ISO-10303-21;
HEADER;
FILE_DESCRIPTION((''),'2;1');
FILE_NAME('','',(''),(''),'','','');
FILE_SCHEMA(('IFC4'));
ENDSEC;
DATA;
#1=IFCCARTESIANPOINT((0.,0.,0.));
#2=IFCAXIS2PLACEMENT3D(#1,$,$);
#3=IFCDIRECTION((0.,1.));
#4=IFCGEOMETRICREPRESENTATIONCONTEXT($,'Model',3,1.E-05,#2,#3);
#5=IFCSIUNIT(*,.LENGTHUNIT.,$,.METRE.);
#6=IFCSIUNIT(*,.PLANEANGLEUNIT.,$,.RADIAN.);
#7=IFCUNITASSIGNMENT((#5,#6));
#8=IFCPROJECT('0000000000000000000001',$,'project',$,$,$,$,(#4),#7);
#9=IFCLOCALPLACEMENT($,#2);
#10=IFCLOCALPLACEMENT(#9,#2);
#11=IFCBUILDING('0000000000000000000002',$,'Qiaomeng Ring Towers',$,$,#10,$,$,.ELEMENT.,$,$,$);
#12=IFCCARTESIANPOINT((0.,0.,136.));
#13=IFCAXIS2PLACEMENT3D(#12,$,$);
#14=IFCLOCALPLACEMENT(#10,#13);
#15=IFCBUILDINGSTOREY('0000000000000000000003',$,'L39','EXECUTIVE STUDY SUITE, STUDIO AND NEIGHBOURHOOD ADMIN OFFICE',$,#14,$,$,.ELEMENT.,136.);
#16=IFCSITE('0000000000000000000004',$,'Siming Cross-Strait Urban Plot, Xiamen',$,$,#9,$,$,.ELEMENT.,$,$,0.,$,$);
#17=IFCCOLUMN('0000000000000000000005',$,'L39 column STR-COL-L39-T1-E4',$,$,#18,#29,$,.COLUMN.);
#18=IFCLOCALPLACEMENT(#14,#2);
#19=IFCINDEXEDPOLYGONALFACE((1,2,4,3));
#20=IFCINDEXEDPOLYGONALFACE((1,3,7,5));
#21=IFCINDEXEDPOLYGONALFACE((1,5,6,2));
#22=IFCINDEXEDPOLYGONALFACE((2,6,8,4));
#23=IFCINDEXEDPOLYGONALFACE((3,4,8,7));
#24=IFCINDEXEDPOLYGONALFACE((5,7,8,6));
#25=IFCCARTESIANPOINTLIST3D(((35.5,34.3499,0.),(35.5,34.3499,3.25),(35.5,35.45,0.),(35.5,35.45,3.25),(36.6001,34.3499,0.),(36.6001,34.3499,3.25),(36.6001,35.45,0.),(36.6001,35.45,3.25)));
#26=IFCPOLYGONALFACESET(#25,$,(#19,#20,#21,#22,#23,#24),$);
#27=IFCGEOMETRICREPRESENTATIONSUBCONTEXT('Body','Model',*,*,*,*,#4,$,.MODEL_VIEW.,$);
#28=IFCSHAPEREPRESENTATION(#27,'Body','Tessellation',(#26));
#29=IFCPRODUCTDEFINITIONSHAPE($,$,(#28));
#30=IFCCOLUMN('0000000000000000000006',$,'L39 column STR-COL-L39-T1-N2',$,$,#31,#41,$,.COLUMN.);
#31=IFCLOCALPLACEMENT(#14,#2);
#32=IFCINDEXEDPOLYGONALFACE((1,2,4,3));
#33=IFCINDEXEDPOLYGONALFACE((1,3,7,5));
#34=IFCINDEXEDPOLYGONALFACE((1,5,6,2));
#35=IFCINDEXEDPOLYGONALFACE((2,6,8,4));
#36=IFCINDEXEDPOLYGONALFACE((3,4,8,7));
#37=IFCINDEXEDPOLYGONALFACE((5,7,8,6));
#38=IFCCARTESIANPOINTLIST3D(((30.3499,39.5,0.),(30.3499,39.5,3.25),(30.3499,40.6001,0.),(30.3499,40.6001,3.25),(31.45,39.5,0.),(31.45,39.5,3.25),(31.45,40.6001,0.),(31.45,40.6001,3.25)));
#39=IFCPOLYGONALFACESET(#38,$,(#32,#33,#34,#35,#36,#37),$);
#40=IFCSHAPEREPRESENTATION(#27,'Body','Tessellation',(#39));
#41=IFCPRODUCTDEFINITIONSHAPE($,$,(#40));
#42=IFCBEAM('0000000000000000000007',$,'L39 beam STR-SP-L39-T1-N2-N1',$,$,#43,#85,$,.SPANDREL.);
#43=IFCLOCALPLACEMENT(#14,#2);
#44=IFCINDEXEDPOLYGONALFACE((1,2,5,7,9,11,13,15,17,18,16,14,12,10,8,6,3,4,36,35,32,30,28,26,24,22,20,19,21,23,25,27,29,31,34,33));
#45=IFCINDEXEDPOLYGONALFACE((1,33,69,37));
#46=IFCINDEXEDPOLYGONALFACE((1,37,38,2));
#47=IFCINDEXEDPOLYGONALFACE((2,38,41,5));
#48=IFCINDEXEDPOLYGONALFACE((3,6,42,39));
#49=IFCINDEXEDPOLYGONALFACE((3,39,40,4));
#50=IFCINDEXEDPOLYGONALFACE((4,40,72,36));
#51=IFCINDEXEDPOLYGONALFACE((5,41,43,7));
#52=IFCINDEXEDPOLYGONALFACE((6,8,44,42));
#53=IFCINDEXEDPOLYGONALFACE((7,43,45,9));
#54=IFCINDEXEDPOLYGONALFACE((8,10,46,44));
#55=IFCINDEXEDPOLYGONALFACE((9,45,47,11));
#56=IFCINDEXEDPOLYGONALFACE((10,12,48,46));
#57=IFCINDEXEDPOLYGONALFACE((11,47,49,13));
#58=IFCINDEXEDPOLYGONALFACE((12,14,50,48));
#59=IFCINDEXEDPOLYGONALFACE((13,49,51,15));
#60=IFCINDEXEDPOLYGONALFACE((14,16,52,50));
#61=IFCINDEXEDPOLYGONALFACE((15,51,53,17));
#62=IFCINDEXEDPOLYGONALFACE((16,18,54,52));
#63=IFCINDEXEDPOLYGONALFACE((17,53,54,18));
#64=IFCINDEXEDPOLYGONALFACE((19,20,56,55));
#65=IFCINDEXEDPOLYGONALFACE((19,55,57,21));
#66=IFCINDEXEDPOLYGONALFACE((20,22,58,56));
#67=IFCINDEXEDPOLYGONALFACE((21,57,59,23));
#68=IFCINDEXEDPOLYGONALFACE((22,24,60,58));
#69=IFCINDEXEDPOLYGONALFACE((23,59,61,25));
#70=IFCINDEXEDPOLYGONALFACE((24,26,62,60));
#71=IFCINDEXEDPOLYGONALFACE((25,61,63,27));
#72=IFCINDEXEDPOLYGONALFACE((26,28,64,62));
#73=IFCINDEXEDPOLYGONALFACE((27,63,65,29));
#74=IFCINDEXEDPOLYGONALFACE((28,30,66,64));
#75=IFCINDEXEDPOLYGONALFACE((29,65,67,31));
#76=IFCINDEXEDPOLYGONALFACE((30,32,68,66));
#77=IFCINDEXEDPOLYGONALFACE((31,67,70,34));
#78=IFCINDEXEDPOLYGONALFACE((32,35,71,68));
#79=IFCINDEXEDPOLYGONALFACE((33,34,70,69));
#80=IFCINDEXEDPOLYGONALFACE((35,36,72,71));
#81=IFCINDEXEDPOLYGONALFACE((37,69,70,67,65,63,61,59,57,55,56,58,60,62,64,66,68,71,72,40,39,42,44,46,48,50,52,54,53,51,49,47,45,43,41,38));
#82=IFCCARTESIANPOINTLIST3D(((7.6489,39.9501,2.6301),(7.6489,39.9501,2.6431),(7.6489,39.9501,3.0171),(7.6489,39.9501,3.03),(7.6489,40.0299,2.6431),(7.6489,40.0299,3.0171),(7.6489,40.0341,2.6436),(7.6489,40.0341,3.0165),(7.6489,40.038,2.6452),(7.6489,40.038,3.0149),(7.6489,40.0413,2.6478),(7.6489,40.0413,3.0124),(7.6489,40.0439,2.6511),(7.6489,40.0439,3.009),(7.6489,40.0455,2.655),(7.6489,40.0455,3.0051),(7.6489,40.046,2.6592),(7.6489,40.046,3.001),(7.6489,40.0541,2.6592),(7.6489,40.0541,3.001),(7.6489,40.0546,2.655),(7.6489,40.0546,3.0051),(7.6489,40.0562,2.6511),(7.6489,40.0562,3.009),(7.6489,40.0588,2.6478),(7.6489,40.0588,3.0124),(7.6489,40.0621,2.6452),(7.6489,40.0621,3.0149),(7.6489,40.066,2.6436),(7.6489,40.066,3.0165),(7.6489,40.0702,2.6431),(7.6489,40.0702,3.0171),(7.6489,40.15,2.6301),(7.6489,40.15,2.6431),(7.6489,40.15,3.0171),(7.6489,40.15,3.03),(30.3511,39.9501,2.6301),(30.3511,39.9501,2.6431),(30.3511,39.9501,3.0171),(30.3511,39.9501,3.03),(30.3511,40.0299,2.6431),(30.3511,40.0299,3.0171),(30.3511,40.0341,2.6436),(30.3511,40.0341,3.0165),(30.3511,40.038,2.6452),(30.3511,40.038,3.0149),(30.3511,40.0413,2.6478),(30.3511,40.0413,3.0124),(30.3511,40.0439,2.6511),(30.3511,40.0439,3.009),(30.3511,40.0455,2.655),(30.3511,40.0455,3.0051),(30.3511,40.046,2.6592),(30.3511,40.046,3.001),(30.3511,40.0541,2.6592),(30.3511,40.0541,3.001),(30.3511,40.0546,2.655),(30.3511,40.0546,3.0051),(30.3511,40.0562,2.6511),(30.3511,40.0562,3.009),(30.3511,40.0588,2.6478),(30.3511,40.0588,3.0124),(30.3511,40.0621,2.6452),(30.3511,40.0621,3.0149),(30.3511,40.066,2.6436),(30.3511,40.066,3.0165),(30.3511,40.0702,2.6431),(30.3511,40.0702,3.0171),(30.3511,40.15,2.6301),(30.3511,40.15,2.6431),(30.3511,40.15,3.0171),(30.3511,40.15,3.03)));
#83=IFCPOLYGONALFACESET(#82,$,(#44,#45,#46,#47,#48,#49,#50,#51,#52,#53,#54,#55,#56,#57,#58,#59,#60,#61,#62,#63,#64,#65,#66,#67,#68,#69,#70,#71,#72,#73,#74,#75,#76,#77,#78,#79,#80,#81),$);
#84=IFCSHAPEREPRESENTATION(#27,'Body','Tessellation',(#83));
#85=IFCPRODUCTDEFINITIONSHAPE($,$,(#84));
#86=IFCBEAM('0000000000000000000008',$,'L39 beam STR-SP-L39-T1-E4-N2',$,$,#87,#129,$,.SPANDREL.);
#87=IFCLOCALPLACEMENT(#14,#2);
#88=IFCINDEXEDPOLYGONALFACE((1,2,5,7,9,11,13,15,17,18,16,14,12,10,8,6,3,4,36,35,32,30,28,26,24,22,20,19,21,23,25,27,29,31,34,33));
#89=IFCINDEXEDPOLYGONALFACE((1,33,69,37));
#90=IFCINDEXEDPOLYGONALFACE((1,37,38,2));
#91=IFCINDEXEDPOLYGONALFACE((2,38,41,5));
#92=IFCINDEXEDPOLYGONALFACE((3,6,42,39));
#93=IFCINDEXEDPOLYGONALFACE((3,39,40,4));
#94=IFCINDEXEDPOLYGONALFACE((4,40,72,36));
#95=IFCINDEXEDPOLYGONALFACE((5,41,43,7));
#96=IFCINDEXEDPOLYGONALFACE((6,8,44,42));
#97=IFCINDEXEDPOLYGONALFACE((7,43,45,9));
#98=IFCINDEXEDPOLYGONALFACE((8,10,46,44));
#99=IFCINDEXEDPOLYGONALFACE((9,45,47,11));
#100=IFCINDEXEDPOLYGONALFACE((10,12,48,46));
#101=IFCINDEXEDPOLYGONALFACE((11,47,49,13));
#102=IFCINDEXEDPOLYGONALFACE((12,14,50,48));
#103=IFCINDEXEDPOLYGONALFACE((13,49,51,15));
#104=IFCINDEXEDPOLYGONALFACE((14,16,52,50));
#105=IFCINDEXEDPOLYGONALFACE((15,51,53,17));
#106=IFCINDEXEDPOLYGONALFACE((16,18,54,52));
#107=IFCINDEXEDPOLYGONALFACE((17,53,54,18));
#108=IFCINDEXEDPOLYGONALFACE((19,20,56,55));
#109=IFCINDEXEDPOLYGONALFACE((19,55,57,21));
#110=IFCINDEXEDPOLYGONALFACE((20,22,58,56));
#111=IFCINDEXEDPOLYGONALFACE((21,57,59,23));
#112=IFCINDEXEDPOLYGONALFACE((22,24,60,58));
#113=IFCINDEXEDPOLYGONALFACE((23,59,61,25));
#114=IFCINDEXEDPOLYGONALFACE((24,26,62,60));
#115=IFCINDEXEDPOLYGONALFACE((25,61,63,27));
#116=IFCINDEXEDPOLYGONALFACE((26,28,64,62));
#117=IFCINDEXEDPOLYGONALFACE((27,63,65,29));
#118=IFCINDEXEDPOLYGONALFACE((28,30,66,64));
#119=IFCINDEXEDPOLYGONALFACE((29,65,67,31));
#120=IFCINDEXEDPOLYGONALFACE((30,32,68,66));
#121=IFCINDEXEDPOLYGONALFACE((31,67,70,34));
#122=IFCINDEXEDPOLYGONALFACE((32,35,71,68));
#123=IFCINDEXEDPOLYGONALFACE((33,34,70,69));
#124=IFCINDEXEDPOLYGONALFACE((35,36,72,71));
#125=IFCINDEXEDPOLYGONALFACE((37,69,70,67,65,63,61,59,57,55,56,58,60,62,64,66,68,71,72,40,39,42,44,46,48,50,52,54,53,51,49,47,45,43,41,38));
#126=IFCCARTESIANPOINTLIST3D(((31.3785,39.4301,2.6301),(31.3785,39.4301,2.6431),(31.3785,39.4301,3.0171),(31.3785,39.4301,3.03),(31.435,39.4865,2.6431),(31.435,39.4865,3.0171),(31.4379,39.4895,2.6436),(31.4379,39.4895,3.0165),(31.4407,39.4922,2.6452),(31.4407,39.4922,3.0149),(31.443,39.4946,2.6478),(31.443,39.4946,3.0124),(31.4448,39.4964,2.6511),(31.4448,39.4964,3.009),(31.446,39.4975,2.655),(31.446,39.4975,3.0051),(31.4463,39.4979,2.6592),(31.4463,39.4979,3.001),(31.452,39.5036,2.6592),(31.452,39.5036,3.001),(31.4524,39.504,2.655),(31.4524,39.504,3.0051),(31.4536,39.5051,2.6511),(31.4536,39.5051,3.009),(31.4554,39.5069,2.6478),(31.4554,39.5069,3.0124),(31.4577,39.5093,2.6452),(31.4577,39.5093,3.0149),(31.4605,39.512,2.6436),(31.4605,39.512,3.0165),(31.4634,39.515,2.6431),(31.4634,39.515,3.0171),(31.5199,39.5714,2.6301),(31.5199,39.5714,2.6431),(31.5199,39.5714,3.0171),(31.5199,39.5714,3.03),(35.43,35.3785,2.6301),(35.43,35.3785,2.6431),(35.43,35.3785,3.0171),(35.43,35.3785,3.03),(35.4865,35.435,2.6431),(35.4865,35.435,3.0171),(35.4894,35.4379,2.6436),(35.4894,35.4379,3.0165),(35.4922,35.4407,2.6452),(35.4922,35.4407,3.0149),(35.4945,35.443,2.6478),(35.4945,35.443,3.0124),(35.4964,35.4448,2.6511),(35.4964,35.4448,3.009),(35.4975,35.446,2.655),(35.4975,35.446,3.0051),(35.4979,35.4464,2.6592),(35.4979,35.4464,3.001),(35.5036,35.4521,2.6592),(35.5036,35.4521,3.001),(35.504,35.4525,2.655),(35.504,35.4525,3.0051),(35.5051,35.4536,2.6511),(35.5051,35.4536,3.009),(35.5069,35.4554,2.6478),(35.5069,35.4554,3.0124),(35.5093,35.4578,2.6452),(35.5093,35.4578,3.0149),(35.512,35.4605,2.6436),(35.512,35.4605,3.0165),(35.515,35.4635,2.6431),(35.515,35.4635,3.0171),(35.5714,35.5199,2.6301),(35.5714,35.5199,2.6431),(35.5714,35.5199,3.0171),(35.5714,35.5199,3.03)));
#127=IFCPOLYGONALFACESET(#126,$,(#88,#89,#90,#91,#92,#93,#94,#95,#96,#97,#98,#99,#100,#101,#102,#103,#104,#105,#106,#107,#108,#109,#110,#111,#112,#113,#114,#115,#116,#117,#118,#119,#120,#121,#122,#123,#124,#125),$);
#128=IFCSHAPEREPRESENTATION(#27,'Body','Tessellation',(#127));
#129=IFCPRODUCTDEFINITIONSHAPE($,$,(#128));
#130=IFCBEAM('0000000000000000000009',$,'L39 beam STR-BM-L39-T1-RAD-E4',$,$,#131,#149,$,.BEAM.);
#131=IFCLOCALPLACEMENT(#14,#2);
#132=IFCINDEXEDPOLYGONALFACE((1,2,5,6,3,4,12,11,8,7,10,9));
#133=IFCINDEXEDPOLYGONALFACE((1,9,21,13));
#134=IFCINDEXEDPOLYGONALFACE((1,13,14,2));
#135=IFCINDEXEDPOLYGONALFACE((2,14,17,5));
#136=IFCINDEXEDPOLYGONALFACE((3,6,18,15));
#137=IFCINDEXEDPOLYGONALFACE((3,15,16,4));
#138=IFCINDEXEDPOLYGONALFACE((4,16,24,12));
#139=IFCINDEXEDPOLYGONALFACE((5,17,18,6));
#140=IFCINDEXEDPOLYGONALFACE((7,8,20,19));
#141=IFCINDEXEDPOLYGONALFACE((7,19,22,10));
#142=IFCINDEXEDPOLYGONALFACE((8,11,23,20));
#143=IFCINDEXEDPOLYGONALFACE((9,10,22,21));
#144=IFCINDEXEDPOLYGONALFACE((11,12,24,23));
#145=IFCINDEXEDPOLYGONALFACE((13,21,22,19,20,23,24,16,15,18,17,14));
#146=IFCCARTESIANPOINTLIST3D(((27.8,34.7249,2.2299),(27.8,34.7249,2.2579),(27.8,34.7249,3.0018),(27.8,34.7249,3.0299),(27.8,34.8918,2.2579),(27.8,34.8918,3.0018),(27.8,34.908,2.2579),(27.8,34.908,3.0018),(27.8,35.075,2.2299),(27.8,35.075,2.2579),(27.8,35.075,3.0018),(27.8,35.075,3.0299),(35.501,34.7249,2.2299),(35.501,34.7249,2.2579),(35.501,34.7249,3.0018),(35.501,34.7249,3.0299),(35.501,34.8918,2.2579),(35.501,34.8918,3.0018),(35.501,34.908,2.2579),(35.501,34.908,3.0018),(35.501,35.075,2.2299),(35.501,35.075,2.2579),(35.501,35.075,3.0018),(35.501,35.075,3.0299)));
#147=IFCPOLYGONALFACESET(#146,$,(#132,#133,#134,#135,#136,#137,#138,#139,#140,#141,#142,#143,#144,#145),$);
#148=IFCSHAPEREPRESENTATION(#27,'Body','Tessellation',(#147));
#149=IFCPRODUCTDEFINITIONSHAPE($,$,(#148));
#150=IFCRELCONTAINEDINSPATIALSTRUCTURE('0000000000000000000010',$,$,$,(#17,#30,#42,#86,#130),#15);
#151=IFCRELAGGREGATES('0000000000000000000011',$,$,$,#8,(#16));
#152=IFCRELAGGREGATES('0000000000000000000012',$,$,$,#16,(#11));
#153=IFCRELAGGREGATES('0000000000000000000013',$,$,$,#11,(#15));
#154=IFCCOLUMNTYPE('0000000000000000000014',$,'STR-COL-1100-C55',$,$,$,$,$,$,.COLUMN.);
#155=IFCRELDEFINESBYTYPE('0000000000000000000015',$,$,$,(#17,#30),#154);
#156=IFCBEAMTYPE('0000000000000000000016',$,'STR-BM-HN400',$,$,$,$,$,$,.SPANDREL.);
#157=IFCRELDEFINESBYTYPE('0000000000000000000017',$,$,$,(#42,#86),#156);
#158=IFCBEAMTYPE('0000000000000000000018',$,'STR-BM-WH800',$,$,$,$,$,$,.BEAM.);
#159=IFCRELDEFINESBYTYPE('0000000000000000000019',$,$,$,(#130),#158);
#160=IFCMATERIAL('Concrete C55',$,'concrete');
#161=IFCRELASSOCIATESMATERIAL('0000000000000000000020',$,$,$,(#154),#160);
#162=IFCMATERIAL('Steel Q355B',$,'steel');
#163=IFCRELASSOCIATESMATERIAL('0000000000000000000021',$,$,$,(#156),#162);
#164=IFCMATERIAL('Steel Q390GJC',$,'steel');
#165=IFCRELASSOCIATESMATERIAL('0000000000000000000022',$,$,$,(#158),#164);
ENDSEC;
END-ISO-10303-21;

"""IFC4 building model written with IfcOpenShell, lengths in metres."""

from ifc_helpers import new_model, si_unit, direction, frame, origin, origin_2d, place, context, subcontext, project, spatial, rectangle, i_section, extrude, source, transform, mapped, material, material_profile, profile_set, type_object, element, save


model = new_model("IFC4")

# Units and contexts
model_context = context("Model", 3, precision=1e-05, world=origin(), true_north=direction((0.0, 1.0)))
body_context = subcontext(model_context, "Body", "Model", "MODEL_VIEW")
ifc_project = project(units=[si_unit("LENGTHUNIT", "METRE"), si_unit("PLANEANGLEUNIT", "RADIAN")], contexts=[model_context])

# Site, building, storey
site_placement = place(None, origin())
site = spatial("IfcSite", under=ifc_project, at=site_placement, Name="Siming Cross-Strait Urban Plot, Xiamen", CompositionType="ELEMENT", RefElevation=0.0)
building_placement = place(site_placement, origin())
building = spatial("IfcBuilding", under=site, at=building_placement, Name="Qiaomeng Ring Towers", CompositionType="ELEMENT")
storey_placement = place(building_placement, frame((0.0, 0.0, 136.0)))
storey = spatial("IfcBuildingStorey", under=building, at=storey_placement, Name="L39", Description="EXECUTIVE STUDY SUITE, STUDIO AND NEIGHBOURHOOD ADMIN OFFICE", CompositionType="ELEMENT", Elevation=136.0)

# Columns
ifc_material_1 = material(Name="Concrete C55", Category="concrete")
ifc_material_profile_1 = material_profile(ifc_material_1, rectangle(XDim=1.1001, YDim=1.1001, at=origin_2d()), Name="RC COL 1100x1100")
ifc_profile_set_1 = profile_set([ifc_material_profile_1], Name="Concrete C55")
column_type = type_object("IfcColumnType", Name="STR-COL-1100-C55", PredefinedType="COLUMN", material=ifc_profile_set_1)
shared_shape_1 = source(origin(), body_context, "Body", "SweptSolid", [
    extrude(rectangle(XDim=1.1001, YDim=1.1001, at=origin_2d()), origin(), (0.0, 0.0, 1.0), 3.25),
])
for number, where, z_axis, x_axis, name in (
    (1, (36.05, 34.8999, 0.0), (0.0, 0.0, 1.0), (1.0, 0.0, 0.0), "L39 column STR-COL-L39-T1-E4"),
    (2, (30.8999, 40.05, 0.0), (0.0, 0.0, 1.0), (1.0, 0.0, 0.0), "L39 column STR-COL-L39-T1-N2"),
):
    element("IfcColumn", number, at=place(storey_placement, frame(where, z_axis=z_axis, x_axis=x_axis)), inside=storey, type_object=column_type, Name=name, PredefinedType="COLUMN", context=body_context, shape_type="MappedRepresentation", body=[
        mapped(shared_shape_1, transform((0.0, 0.0, 0.0), x_axis=(1.0, 0.0, 0.0), y_axis=(0.0, 1.0, 0.0), z_axis=(0.0, 0.0, 1.0), scale=1.0)),
    ])

# Beams
ifc_material_2 = material(Name="Steel Q355B", Category="steel")
ifc_material_profile_2 = material_profile(ifc_material_2, i_section(OverallWidth=0.2, OverallDepth=0.3999, WebThickness=0.0081, FlangeThickness=0.0129, FilletRadius=0.0161, at=origin_2d()), Name="HN 400x200x8x13")
ifc_profile_set_2 = profile_set([ifc_material_profile_2], Name="Steel Q355B")
beam_type_1 = type_object("IfcBeamType", Name="STR-BM-HN400", PredefinedType="SPANDREL", material=ifc_profile_set_2)
shared_shape_2 = source(origin(), body_context, "Body", "SweptSolid", [
    extrude(i_section(OverallWidth=0.2, OverallDepth=0.3999, WebThickness=0.0081, FlangeThickness=0.0129, FilletRadius=0.0161, at=origin_2d()), origin(), (0.0, 0.0, 1.0), 22.7021),
])
beam_1_placement = place(storey_placement, frame((30.3511, 40.05, 2.8301), z_axis=(-1.0, 0.0, 0.0), x_axis=(0.0, -1.0, 0.0)))
element("IfcBeam", 3, at=beam_1_placement, inside=storey, type_object=beam_type_1, Name="L39 beam STR-SP-L39-T1-N2-N1", PredefinedType="SPANDREL", context=body_context, shape_type="MappedRepresentation", body=[
    mapped(shared_shape_2, transform((0.0, 0.0, 0.0), x_axis=(1.0, 0.0, 0.0), y_axis=(0.0, 1.0, 0.0), z_axis=(0.0, 0.0, 1.0), scale=1.0)),
])
shared_shape_3 = source(origin(), body_context, "Body", "SweptSolid", [
    extrude(i_section(OverallWidth=0.2, OverallDepth=0.3999, WebThickness=0.0081, FlangeThickness=0.0129, FilletRadius=0.0161, at=origin_2d()), origin(), (0.0, 0.0, 1.0), 5.7297),
])
beam_2_placement = place(storey_placement, frame((35.5007, 35.4492, 2.8301), z_axis=(-0.707107, 0.707107, 0.0), x_axis=(-0.707107, -0.707107, 0.0)))
element("IfcBeam", 4, at=beam_2_placement, inside=storey, type_object=beam_type_1, Name="L39 beam STR-SP-L39-T1-E4-N2", PredefinedType="SPANDREL", context=body_context, shape_type="MappedRepresentation", body=[
    mapped(shared_shape_3, transform((0.0, 0.0, 0.0), x_axis=(1.0, 0.0, 0.0), y_axis=(0.0, 1.0, 0.0), z_axis=(0.0, 0.0, 1.0), scale=1.0)),
])
ifc_material_3 = material(Name="Steel Q390GJC", Category="steel")
ifc_material_profile_3 = material_profile(ifc_material_3, i_section(OverallWidth=0.3501, OverallDepth=0.8, WebThickness=0.0161, FlangeThickness=0.0281, at=origin_2d()), Name="WH 800x350x16x28")
ifc_profile_set_3 = profile_set([ifc_material_profile_3], Name="Steel Q390GJC")
beam_type_2 = type_object("IfcBeamType", Name="STR-BM-WH800", PredefinedType="BEAM", material=ifc_profile_set_3)
shared_shape_4 = source(origin(), body_context, "Body", "SweptSolid", [
    extrude(i_section(OverallWidth=0.3501, OverallDepth=0.8, WebThickness=0.0161, FlangeThickness=0.0281, at=origin_2d()), origin(), (0.0, 0.0, 1.0), 7.7009),
])
beam_3_placement = place(storey_placement, frame((27.8, 34.8999, 2.6299), z_axis=(1.0, 0.0, 0.0), x_axis=(0.0, 1.0, 0.0)))
element("IfcBeam", 5, at=beam_3_placement, inside=storey, type_object=beam_type_2, Name="L39 beam STR-BM-L39-T1-RAD-E4", PredefinedType="BEAM", context=body_context, shape_type="MappedRepresentation", body=[
    mapped(shared_shape_4, transform((0.0, 0.0, 0.0), x_axis=(1.0, 0.0, 0.0), y_axis=(0.0, 1.0, 0.0), z_axis=(0.0, 0.0, 1.0), scale=1.0)),
])

save(model, "model.ifc")
